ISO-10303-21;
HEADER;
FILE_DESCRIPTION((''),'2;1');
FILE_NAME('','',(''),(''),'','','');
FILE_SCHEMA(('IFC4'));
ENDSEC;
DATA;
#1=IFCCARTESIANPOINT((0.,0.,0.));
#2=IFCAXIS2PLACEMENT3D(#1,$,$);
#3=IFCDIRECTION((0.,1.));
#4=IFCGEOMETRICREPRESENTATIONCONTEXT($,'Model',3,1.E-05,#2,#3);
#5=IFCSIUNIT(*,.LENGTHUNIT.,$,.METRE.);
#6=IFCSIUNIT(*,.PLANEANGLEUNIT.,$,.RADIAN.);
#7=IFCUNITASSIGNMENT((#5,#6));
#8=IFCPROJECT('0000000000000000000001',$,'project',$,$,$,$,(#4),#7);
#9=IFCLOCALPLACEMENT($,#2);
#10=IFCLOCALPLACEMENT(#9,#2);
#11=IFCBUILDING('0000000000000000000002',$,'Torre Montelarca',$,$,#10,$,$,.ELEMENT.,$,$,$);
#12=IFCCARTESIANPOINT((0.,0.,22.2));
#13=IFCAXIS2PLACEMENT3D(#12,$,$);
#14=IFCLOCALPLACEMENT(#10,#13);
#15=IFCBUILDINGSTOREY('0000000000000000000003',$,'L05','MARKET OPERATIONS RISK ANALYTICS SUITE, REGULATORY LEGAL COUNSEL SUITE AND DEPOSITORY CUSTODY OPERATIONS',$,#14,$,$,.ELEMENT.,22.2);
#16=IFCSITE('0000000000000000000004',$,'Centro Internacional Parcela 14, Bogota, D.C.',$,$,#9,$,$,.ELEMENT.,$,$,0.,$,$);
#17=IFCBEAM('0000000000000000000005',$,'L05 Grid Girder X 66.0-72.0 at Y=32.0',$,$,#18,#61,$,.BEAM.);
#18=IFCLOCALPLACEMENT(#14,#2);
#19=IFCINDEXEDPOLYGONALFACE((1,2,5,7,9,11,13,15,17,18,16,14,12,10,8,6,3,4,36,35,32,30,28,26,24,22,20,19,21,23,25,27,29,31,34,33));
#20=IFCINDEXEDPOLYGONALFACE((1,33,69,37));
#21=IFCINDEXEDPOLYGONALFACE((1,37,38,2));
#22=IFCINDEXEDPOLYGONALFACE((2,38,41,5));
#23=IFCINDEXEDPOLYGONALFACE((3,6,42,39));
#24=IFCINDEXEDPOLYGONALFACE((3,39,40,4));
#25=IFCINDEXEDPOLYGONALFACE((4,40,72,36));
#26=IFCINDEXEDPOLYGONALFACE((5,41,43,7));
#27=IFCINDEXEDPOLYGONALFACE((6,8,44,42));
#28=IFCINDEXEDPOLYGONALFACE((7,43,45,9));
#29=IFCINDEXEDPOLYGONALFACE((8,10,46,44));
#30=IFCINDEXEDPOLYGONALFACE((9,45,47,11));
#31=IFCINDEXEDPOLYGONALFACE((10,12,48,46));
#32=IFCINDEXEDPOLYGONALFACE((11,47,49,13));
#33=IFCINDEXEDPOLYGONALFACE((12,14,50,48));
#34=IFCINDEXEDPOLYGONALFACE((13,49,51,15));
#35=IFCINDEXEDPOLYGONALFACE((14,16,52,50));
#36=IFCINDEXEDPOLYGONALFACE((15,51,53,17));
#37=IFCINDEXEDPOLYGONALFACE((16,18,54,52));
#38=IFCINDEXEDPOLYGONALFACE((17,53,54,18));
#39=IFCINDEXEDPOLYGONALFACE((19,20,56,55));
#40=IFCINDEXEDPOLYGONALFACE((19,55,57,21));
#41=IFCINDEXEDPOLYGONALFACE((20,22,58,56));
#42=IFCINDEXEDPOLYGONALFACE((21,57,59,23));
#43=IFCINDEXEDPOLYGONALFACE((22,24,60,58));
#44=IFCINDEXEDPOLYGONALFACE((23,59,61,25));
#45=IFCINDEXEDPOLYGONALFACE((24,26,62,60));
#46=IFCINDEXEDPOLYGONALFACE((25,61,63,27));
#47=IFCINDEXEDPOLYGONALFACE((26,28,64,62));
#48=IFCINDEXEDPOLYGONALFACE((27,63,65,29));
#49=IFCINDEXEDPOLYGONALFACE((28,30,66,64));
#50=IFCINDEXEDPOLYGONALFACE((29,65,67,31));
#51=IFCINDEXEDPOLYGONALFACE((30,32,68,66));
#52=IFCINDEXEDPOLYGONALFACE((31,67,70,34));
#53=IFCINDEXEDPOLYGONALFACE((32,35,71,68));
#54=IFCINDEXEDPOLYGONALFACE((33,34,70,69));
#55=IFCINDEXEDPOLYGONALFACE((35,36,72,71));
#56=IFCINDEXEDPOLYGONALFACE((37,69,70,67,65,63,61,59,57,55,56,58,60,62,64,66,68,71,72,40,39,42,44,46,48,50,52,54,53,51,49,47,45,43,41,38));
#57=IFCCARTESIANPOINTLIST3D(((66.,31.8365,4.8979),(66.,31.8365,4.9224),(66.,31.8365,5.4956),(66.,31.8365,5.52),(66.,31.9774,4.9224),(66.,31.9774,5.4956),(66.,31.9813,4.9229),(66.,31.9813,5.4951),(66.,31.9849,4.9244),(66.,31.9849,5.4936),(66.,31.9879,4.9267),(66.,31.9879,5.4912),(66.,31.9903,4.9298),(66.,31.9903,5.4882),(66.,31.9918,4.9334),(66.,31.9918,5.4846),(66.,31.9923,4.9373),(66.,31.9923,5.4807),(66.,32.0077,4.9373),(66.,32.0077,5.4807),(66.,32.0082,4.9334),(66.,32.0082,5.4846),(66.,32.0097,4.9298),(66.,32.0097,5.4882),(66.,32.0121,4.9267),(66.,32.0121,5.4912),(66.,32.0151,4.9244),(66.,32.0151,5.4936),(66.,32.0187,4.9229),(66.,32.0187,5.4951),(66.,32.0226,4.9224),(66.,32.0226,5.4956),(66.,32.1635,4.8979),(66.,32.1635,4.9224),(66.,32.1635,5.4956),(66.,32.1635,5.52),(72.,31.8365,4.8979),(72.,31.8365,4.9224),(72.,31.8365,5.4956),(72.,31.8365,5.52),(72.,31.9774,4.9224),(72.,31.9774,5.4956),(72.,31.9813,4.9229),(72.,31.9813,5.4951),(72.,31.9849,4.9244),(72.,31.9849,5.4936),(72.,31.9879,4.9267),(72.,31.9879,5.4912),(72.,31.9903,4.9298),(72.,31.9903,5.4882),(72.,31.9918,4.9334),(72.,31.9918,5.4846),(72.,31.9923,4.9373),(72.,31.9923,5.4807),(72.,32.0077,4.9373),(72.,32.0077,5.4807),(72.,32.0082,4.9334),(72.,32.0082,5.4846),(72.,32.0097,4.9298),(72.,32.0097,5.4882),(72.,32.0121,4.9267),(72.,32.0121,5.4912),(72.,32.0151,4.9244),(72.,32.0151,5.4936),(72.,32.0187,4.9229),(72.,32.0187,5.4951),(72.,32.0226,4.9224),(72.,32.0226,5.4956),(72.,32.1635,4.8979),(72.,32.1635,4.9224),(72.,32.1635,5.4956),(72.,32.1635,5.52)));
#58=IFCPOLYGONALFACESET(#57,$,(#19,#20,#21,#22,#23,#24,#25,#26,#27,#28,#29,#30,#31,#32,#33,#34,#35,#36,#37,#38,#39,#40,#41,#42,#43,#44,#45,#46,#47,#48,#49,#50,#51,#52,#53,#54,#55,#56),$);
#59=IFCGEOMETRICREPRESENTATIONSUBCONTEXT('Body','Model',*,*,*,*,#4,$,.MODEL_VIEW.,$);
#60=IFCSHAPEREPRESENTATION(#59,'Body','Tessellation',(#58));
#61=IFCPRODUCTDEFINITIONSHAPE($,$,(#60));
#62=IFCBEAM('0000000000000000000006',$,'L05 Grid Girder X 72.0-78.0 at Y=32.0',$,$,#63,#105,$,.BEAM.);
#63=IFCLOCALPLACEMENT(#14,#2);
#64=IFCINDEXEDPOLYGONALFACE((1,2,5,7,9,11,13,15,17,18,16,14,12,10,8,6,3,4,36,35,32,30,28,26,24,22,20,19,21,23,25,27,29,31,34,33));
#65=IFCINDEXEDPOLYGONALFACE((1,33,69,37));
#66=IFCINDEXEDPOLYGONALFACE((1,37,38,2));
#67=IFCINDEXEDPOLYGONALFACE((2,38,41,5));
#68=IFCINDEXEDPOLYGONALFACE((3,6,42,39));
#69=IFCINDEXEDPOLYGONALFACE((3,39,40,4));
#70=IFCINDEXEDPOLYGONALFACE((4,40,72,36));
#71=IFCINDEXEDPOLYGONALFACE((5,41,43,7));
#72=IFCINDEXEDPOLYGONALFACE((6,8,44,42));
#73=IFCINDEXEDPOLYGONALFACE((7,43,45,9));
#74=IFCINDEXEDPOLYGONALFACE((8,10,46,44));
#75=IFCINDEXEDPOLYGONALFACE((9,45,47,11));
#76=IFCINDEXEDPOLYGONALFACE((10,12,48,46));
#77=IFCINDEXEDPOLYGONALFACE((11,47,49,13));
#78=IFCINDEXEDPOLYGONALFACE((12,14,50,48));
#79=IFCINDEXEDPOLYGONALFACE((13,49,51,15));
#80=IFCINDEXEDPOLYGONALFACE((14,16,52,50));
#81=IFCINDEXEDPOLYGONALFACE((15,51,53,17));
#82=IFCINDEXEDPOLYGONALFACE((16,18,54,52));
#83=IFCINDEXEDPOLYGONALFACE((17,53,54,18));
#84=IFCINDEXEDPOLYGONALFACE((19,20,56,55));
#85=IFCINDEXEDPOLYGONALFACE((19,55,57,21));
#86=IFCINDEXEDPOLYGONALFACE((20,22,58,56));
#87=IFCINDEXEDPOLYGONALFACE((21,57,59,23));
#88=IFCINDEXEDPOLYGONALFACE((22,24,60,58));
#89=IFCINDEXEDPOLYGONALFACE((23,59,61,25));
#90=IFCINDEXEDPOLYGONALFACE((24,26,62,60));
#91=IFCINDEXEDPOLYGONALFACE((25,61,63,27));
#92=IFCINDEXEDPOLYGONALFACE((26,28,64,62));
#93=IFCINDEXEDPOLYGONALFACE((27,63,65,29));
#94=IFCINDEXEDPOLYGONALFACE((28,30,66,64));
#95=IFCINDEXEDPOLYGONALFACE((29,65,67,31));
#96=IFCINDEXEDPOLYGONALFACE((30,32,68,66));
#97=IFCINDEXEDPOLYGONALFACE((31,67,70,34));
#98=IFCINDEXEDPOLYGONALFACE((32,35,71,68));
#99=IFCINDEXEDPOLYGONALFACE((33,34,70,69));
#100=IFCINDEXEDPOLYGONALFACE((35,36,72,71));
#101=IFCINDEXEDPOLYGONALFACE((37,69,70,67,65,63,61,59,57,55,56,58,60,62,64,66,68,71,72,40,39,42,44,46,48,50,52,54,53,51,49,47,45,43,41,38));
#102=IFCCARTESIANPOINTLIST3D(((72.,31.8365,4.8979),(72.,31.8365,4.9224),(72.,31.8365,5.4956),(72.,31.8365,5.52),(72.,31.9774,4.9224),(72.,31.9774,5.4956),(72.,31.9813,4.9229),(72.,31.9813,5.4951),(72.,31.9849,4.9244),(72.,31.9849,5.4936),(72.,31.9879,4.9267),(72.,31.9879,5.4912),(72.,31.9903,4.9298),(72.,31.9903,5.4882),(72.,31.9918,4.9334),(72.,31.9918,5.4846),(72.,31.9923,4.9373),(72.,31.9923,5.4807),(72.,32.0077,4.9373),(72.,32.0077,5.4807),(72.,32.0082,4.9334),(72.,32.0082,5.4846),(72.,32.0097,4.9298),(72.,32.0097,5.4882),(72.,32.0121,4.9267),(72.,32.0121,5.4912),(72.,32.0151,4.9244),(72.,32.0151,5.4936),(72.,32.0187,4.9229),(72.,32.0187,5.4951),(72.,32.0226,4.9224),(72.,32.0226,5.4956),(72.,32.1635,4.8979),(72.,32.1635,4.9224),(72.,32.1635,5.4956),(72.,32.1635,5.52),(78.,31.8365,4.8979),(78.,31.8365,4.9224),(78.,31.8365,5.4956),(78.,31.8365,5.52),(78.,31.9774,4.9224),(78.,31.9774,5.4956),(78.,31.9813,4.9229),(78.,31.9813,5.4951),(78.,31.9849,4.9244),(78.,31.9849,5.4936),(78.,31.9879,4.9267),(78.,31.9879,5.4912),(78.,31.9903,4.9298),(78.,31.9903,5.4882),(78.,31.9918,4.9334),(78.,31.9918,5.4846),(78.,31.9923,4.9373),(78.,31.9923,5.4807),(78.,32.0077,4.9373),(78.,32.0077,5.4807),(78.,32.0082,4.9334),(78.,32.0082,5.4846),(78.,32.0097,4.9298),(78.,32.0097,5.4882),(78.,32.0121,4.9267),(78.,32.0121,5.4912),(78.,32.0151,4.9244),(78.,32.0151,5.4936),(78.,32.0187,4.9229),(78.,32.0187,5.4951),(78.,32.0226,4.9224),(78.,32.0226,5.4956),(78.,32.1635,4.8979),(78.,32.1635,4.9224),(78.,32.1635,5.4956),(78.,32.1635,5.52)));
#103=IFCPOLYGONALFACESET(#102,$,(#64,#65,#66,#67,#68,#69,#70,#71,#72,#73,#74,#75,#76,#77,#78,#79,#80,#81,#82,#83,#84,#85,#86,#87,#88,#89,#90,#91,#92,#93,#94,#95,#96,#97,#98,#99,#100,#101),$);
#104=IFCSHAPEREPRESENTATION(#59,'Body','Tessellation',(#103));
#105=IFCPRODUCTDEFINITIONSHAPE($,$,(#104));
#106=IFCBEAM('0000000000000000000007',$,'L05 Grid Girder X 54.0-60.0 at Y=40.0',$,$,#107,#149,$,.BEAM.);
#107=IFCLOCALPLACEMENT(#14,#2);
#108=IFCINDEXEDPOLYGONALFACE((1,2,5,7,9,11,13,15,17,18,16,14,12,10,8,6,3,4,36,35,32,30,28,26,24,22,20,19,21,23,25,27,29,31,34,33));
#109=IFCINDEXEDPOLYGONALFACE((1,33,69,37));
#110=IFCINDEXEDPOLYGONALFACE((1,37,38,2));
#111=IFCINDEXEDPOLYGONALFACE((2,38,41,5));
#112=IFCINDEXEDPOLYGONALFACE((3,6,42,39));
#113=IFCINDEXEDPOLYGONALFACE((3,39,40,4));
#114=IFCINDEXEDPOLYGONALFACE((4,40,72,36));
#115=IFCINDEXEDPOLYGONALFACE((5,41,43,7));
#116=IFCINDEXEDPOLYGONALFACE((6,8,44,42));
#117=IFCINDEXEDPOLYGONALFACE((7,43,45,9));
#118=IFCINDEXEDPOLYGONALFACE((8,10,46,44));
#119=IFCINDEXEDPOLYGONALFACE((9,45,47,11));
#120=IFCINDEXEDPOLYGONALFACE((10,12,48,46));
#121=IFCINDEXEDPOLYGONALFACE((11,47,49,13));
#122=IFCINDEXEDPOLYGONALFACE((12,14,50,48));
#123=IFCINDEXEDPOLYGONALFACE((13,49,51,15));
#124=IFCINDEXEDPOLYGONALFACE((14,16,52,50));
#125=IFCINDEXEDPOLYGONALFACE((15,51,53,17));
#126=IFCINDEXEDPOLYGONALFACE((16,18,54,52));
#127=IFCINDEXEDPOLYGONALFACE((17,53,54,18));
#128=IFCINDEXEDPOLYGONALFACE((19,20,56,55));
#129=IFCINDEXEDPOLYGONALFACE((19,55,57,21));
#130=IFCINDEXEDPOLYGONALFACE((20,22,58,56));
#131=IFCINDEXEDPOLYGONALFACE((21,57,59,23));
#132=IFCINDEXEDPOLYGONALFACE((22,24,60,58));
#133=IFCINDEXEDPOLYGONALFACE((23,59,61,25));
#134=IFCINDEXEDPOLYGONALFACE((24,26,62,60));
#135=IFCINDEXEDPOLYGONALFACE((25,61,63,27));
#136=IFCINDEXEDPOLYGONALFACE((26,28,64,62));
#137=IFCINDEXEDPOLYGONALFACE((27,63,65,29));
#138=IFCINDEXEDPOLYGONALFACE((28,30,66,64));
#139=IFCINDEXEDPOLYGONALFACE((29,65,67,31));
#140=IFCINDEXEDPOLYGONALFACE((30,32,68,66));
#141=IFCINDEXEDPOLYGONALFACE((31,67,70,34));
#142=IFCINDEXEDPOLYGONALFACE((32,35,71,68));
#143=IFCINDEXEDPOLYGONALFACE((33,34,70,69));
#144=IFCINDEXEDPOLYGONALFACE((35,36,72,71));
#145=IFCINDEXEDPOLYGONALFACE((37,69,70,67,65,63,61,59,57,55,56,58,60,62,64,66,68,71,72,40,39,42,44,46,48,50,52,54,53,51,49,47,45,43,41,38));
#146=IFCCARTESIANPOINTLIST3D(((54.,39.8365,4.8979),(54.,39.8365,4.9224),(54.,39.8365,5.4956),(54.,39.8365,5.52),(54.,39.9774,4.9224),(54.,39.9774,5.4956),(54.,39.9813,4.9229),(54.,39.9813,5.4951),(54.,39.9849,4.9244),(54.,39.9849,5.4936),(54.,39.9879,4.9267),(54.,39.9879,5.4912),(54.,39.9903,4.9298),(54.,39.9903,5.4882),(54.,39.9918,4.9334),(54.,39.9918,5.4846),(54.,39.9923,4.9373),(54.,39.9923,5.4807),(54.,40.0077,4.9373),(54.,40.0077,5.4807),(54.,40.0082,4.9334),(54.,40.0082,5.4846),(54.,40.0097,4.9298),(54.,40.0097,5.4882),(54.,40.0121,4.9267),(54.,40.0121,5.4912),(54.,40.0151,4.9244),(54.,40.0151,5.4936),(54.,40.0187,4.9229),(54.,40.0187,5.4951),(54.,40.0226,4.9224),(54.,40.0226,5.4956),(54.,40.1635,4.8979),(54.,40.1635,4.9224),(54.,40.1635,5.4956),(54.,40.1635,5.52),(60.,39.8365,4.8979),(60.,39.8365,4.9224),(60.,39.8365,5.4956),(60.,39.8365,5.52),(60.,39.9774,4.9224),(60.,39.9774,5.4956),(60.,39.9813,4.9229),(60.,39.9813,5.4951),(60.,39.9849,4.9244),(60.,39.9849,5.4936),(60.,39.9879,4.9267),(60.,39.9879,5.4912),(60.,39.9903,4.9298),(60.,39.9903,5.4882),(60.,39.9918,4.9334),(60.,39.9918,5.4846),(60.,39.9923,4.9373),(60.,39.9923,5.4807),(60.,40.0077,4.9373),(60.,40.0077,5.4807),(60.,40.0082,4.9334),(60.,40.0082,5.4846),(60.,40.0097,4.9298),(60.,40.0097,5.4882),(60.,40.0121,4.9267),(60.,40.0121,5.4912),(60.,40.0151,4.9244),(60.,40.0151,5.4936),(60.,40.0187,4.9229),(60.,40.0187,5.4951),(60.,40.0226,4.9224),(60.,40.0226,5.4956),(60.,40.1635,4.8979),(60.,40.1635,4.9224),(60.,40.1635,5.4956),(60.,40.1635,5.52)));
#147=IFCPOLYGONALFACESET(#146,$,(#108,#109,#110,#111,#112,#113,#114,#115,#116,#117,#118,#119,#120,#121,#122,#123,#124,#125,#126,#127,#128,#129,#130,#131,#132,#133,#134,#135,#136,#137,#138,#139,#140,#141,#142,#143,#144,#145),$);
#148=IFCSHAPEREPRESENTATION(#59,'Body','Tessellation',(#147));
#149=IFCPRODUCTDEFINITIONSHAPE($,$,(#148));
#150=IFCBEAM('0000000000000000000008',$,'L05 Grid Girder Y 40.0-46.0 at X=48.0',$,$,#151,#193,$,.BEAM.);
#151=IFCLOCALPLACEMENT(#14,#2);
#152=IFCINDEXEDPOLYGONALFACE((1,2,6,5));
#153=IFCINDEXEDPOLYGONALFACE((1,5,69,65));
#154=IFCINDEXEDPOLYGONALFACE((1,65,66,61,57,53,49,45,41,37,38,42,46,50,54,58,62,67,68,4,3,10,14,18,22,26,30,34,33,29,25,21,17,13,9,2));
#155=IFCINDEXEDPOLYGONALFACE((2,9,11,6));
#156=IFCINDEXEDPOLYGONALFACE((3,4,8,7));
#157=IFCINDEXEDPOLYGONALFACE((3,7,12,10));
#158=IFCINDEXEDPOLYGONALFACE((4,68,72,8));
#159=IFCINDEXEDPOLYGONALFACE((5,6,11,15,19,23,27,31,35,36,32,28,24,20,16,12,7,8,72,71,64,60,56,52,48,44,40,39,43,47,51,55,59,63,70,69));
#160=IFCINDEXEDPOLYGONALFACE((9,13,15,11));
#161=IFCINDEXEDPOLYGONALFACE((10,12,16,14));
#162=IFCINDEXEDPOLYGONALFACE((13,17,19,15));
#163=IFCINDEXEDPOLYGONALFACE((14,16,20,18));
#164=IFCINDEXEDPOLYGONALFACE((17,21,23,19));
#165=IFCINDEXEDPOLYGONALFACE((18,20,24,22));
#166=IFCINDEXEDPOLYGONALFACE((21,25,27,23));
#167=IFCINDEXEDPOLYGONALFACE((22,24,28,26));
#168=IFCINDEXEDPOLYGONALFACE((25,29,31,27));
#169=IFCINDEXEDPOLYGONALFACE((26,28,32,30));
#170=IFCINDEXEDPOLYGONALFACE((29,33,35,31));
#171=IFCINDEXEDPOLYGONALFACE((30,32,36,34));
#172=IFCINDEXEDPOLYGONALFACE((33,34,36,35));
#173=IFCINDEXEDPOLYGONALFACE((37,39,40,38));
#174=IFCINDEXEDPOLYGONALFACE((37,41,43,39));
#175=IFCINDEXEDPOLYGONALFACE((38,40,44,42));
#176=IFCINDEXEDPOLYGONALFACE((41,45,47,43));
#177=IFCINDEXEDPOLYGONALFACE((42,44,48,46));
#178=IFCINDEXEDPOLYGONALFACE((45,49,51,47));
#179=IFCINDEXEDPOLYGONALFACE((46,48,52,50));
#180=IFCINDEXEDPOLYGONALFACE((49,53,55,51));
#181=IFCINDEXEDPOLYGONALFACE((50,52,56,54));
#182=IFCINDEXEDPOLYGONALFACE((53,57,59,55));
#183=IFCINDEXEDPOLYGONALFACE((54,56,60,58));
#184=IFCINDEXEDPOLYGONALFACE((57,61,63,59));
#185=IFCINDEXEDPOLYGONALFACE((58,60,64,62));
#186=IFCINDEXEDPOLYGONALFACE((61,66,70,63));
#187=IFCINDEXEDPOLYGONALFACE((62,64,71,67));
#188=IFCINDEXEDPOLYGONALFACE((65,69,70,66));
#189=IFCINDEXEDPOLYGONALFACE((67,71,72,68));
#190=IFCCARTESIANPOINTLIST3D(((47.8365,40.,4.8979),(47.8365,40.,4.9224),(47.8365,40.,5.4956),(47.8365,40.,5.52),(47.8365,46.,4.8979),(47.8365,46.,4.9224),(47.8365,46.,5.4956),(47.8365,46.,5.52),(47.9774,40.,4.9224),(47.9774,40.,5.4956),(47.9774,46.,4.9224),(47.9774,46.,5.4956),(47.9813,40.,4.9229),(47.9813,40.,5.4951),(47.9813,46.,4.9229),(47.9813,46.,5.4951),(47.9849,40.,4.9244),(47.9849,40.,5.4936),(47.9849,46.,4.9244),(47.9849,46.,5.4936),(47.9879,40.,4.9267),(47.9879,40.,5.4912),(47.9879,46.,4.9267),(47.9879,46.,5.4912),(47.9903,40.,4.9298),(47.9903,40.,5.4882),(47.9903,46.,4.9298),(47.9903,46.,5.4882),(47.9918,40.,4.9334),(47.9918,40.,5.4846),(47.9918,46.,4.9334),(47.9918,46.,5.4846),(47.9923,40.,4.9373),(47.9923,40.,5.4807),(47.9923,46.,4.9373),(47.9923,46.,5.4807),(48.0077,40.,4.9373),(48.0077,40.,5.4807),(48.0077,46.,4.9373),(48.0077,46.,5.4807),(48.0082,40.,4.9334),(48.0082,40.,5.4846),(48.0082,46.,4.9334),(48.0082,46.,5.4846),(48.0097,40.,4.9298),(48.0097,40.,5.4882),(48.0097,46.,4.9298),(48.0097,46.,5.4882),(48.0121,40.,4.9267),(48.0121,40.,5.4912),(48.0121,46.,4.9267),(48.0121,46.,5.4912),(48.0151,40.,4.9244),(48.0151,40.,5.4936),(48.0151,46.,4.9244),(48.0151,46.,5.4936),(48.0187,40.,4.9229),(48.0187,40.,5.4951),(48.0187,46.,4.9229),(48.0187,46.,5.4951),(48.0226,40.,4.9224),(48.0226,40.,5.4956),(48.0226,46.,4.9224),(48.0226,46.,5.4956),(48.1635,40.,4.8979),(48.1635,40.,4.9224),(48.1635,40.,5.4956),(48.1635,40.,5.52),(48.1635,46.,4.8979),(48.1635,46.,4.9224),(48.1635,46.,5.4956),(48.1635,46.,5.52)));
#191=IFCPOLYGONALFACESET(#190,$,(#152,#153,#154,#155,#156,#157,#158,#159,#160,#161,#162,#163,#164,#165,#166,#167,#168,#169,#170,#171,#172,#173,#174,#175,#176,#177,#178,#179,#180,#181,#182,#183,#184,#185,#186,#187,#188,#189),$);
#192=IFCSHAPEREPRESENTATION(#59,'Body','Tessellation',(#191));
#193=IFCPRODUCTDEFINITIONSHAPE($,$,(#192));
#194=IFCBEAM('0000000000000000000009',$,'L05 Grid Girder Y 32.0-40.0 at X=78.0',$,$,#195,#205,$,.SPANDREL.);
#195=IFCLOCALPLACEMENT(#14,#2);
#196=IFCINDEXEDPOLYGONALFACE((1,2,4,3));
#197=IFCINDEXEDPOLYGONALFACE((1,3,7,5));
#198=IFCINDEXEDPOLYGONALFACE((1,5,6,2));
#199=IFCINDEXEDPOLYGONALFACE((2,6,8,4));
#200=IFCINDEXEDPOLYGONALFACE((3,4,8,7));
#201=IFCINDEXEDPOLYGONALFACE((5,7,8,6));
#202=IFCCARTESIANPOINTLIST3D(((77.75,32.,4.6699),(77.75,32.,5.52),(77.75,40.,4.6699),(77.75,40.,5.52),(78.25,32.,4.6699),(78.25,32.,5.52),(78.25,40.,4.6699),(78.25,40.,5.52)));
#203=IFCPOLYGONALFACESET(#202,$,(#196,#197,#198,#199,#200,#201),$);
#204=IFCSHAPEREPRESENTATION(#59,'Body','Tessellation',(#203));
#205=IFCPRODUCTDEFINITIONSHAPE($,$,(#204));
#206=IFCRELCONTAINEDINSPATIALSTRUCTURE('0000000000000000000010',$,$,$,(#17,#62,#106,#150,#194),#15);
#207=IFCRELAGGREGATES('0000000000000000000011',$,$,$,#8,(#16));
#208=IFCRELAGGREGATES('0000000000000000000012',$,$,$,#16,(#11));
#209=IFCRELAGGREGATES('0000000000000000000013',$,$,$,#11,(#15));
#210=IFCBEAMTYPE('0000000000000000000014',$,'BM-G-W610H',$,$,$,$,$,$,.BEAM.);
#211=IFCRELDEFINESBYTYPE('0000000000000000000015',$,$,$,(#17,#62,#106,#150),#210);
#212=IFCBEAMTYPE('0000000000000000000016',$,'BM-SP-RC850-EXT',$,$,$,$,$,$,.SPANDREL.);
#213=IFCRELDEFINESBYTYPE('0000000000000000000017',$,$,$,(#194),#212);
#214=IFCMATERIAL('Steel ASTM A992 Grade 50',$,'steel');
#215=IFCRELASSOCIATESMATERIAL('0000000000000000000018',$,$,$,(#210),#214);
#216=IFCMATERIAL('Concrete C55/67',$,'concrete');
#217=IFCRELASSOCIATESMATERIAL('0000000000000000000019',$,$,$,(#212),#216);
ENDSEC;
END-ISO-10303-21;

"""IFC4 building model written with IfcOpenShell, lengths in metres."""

from ifc_helpers import new_model, si_unit, direction, frame, origin, origin_2d, place, context, subcontext, project, spatial, rectangle, i_section, extrude, source, transform, mapped, material, material_profile, profile_set, type_object, element, save


model = new_model("IFC4")

# Units and contexts
model_context = context("Model", 3, precision=1e-05, world=origin(), true_north=direction((0.0, 1.0)))
body_context = subcontext(model_context, "Body", "Model", "MODEL_VIEW")
ifc_project = project(units=[si_unit("LENGTHUNIT", "METRE"), si_unit("PLANEANGLEUNIT", "RADIAN")], contexts=[model_context])

# Site, building, storey
site_placement = place(None, origin())
site = spatial("IfcSite", under=ifc_project, at=site_placement, Name="Centro Internacional Parcela 14, Bogota, D.C.", CompositionType="ELEMENT", RefElevation=0.0)
building_placement = place(site_placement, origin())
building = spatial("IfcBuilding", under=site, at=building_placement, Name="Torre Montelarca", CompositionType="ELEMENT")
storey_placement = place(building_placement, frame((0.0, 0.0, 22.2)))
storey = spatial("IfcBuildingStorey", under=building, at=storey_placement, Name="L05", Description="MARKET OPERATIONS RISK ANALYTICS SUITE, REGULATORY LEGAL COUNSEL SUITE AND DEPOSITORY CUSTODY OPERATIONS", CompositionType="ELEMENT", Elevation=22.2)

# Shared definitions
ifc_material_1 = material(Name="Steel ASTM A992 Grade 50", Category="steel")

# Beams
ifc_material_profile_1 = material_profile(ifc_material_1, i_section(OverallWidth=0.3269, OverallDepth=0.6221, WebThickness=0.0154, FlangeThickness=0.0244, FilletRadius=0.0149, at=origin_2d()), Name="W610X195", Category="steel")
ifc_profile_set_1 = profile_set([ifc_material_profile_1], Name="Steel ASTM A992 Grade 50")
beam_type_1 = type_object("IfcBeamType", Name="BM-G-W610H", PredefinedType="BEAM", material=ifc_profile_set_1)
shared_shape_1 = source(origin(), body_context, "Body", "SweptSolid", [
    extrude(i_section(OverallWidth=0.3269, OverallDepth=0.6221, WebThickness=0.0154, FlangeThickness=0.0244, FilletRadius=0.0149, at=origin_2d()), origin(), (0.0, 0.0, 1.0), 6.0),
])
for number, where, z_axis, x_axis, name in (
    (1, (66.0, 32.0, 5.209), (1.0, 0.0, 0.0), (0.0, 1.0, 0.0), "L05 Grid Girder X 66.0-72.0 at Y=32.0"),
    (2, (72.0, 32.0, 5.209), (1.0, 0.0, 0.0), (0.0, 1.0, 0.0), "L05 Grid Girder X 72.0-78.0 at Y=32.0"),
    (3, (54.0, 40.0, 5.209), (1.0, 0.0, 0.0), (0.0, 1.0, 0.0), "L05 Grid Girder X 54.0-60.0 at Y=40.0"),
    (4, (48.0, 40.0, 5.209), (0.0, 1.0, 0.0), (-1.0, 0.0, 0.0), "L05 Grid Girder Y 40.0-46.0 at X=48.0"),
):
    element("IfcBeam", number, at=place(storey_placement, frame(where, z_axis=z_axis, x_axis=x_axis)), inside=storey, type_object=beam_type_1, Name=name, PredefinedType="BEAM", context=body_context, shape_type="MappedRepresentation", body=[
        mapped(shared_shape_1, transform((0.0, 0.0, 0.0), scale=1.0)),
    ])
ifc_material_2 = material(Name="Concrete C55/67", Category="concrete")
ifc_material_profile_2 = material_profile(ifc_material_2, rectangle(XDim=0.5, YDim=0.8501, at=origin_2d()), Name="RCB500X850", Category="concrete")
ifc_profile_set_2 = profile_set([ifc_material_profile_2], Name="Concrete C55/67")
beam_type_2 = type_object("IfcBeamType", Name="BM-SP-RC850-EXT", PredefinedType="SPANDREL", material=ifc_profile_set_2)
shared_shape_2 = source(origin(), body_context, "Body", "SweptSolid", [
    extrude(rectangle(XDim=0.5, YDim=0.8501, at=origin_2d()), origin(), (0.0, 0.0, 1.0), 8.0),
])
beam_placement = place(storey_placement, frame((78.0, 32.0, 5.095), z_axis=(0.0, 1.0, 0.0), x_axis=(-1.0, 0.0, 0.0)))
element("IfcBeam", 5, at=beam_placement, inside=storey, type_object=beam_type_2, Name="L05 Grid Girder Y 32.0-40.0 at X=78.0", PredefinedType="SPANDREL", context=body_context, shape_type="MappedRepresentation", body=[
    mapped(shared_shape_2, transform((0.0, 0.0, 0.0), scale=1.0)),
])

save(model, "model.ifc")
